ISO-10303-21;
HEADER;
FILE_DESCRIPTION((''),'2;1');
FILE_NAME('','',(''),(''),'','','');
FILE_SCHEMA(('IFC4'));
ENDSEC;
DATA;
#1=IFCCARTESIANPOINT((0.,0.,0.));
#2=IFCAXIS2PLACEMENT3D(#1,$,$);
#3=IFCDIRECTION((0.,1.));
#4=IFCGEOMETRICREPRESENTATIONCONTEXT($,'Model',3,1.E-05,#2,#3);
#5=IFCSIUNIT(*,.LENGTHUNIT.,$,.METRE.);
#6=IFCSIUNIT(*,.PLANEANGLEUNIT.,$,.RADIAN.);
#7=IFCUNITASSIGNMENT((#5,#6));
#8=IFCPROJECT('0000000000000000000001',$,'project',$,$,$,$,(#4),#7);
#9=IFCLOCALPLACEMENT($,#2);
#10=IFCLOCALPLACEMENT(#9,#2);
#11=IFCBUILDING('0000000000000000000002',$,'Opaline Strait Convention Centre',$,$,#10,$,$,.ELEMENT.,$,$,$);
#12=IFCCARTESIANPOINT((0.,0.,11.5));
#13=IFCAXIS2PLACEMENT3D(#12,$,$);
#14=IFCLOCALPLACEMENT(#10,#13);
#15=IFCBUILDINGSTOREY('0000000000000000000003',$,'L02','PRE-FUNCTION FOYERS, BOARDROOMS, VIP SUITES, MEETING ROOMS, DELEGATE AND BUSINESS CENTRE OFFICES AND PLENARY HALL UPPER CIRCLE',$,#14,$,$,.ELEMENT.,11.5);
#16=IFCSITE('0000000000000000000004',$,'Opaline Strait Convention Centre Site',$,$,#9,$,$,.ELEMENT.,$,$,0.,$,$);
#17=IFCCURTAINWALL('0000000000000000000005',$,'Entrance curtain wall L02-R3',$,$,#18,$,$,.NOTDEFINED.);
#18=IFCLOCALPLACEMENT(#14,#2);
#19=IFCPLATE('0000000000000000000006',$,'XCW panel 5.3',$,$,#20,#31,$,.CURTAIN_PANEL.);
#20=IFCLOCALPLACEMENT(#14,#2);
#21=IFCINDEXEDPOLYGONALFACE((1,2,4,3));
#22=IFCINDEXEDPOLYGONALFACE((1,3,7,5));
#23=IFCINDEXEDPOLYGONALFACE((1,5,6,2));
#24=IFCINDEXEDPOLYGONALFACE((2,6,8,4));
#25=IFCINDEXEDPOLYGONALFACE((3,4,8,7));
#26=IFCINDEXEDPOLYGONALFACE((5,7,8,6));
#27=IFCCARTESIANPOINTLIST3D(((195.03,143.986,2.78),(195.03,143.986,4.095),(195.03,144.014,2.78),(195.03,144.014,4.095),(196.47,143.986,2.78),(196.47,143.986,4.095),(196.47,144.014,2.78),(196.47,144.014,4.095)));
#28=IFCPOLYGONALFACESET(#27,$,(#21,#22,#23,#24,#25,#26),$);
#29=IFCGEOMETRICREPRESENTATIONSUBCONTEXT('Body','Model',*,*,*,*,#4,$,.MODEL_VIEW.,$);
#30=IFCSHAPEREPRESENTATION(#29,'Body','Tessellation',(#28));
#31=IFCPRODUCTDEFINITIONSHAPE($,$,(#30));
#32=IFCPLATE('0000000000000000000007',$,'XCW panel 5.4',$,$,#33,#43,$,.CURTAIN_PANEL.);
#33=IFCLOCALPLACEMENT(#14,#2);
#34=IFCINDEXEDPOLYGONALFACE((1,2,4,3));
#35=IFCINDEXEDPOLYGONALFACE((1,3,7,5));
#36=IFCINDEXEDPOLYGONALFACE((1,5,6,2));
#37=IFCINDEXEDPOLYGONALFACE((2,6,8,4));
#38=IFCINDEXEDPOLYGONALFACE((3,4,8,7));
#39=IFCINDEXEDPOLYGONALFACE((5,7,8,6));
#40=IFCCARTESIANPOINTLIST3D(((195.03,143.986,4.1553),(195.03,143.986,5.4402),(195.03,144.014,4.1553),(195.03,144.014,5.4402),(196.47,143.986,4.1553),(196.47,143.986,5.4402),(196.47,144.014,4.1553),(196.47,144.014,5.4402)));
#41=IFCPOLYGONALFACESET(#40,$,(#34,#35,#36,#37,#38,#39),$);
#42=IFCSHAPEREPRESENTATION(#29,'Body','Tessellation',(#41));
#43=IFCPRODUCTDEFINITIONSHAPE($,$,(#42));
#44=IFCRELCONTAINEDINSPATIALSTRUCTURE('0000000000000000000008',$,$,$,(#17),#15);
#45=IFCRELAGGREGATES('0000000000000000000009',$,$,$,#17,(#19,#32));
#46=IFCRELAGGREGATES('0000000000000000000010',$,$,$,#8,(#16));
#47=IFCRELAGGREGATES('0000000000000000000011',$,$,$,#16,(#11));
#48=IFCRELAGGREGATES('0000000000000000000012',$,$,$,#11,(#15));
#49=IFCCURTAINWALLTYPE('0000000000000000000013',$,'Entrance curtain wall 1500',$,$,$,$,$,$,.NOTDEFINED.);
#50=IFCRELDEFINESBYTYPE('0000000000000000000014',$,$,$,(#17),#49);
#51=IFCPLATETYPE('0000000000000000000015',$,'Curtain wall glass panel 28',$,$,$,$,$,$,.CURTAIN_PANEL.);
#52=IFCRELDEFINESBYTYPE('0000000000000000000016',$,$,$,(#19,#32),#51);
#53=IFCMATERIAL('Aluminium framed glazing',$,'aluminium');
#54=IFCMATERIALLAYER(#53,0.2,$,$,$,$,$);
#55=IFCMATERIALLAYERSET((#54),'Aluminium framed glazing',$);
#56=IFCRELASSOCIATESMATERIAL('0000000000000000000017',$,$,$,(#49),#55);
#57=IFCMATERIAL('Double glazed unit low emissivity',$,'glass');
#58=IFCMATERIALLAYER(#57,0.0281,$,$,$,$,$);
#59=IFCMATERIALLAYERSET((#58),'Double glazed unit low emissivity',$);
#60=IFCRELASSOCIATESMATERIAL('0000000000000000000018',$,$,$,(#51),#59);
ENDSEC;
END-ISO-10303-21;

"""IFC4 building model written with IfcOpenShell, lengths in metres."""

from ifc_helpers import new_model, si_unit, direction, frame, origin, origin_2d, place, context, subcontext, project, spatial, rectangle, extrude, material, layer, layer_set, type_object, element, aggregate, save


model = new_model("IFC4")

# Units and contexts
model_context = context("Model", 3, precision=1e-05, world=origin(), true_north=direction((0.0, 1.0)))
body_context = subcontext(model_context, "Body", "Model", "MODEL_VIEW")
ifc_project = project(units=[si_unit("LENGTHUNIT", "METRE"), si_unit("PLANEANGLEUNIT", "RADIAN")], contexts=[model_context])

# Site, building, storey
site_placement = place(None, origin())
site = spatial("IfcSite", under=ifc_project, at=site_placement, Name="Opaline Strait Convention Centre Site", CompositionType="ELEMENT", RefElevation=0.0)
building_placement = place(site_placement, origin())
building = spatial("IfcBuilding", under=site, at=building_placement, Name="Opaline Strait Convention Centre", CompositionType="ELEMENT")
storey_placement = place(building_placement, frame((0.0, 0.0, 11.5)))
storey = spatial("IfcBuildingStorey", under=building, at=storey_placement, Name="L02", Description="PRE-FUNCTION FOYERS, BOARDROOMS, VIP SUITES, MEETING ROOMS, DELEGATE AND BUSINESS CENTRE OFFICES AND PLENARY HALL UPPER CIRCLE", CompositionType="ELEMENT", Elevation=11.5)

# Curtain wall
ifc_material_1 = material(Name="Aluminium framed glazing", Category="aluminium")
ifc_layer_1 = layer(ifc_material_1, 0.2)
ifc_layer_set_1 = layer_set([ifc_layer_1], Name="Aluminium framed glazing")
curtain_wall_type = type_object("IfcCurtainWallType", Name="Entrance curtain wall 1500", PredefinedType="NOTDEFINED", material=ifc_layer_set_1)
curtain_wall_placement = place(storey_placement, origin())
curtain_wall = element("IfcCurtainWall", 1, at=curtain_wall_placement, inside=storey, type_object=curtain_wall_type, Name="Entrance curtain wall L02-R3", PredefinedType="NOTDEFINED")

# Plates
ifc_material_2 = material(Name="Double glazed unit low emissivity", Category="glass")
ifc_layer_2 = layer(ifc_material_2, 0.0281)
ifc_layer_set_2 = layer_set([ifc_layer_2], Name="Double glazed unit low emissivity")
plate_type = type_object("IfcPlateType", Name="Curtain wall glass panel 28", PredefinedType="CURTAIN_PANEL", material=ifc_layer_set_2)
plate_1_placement = place(storey_placement, frame((195.75, 144.0, 2.78), z_axis=(0.0, 0.0, 1.0), x_axis=(1.0, 0.0, 0.0)))
plate_1 = element("IfcPlate", 2, at=plate_1_placement, type_object=plate_type, Name="XCW panel 5.3", PredefinedType="CURTAIN_PANEL", context=body_context, shape_type="SweptSolid", body=[
    extrude(rectangle(XDim=1.4399, YDim=0.0281, at=origin_2d()), origin(), (0.0, 0.0, 1.0), 1.3149),
])
plate_2_placement = place(storey_placement, frame((195.75, 144.0, 4.1553), z_axis=(0.0, 0.0, 1.0), x_axis=(1.0, 0.0, 0.0)))
plate_2 = element("IfcPlate", 3, at=plate_2_placement, type_object=plate_type, Name="XCW panel 5.4", PredefinedType="CURTAIN_PANEL", context=body_context, shape_type="SweptSolid", body=[
    extrude(rectangle(XDim=1.4399, YDim=0.0281, at=origin_2d()), origin(), (0.0, 0.0, 1.0), 1.2849),
])
aggregate(curtain_wall, [plate_1, plate_2])

save(model, "model.ifc")
